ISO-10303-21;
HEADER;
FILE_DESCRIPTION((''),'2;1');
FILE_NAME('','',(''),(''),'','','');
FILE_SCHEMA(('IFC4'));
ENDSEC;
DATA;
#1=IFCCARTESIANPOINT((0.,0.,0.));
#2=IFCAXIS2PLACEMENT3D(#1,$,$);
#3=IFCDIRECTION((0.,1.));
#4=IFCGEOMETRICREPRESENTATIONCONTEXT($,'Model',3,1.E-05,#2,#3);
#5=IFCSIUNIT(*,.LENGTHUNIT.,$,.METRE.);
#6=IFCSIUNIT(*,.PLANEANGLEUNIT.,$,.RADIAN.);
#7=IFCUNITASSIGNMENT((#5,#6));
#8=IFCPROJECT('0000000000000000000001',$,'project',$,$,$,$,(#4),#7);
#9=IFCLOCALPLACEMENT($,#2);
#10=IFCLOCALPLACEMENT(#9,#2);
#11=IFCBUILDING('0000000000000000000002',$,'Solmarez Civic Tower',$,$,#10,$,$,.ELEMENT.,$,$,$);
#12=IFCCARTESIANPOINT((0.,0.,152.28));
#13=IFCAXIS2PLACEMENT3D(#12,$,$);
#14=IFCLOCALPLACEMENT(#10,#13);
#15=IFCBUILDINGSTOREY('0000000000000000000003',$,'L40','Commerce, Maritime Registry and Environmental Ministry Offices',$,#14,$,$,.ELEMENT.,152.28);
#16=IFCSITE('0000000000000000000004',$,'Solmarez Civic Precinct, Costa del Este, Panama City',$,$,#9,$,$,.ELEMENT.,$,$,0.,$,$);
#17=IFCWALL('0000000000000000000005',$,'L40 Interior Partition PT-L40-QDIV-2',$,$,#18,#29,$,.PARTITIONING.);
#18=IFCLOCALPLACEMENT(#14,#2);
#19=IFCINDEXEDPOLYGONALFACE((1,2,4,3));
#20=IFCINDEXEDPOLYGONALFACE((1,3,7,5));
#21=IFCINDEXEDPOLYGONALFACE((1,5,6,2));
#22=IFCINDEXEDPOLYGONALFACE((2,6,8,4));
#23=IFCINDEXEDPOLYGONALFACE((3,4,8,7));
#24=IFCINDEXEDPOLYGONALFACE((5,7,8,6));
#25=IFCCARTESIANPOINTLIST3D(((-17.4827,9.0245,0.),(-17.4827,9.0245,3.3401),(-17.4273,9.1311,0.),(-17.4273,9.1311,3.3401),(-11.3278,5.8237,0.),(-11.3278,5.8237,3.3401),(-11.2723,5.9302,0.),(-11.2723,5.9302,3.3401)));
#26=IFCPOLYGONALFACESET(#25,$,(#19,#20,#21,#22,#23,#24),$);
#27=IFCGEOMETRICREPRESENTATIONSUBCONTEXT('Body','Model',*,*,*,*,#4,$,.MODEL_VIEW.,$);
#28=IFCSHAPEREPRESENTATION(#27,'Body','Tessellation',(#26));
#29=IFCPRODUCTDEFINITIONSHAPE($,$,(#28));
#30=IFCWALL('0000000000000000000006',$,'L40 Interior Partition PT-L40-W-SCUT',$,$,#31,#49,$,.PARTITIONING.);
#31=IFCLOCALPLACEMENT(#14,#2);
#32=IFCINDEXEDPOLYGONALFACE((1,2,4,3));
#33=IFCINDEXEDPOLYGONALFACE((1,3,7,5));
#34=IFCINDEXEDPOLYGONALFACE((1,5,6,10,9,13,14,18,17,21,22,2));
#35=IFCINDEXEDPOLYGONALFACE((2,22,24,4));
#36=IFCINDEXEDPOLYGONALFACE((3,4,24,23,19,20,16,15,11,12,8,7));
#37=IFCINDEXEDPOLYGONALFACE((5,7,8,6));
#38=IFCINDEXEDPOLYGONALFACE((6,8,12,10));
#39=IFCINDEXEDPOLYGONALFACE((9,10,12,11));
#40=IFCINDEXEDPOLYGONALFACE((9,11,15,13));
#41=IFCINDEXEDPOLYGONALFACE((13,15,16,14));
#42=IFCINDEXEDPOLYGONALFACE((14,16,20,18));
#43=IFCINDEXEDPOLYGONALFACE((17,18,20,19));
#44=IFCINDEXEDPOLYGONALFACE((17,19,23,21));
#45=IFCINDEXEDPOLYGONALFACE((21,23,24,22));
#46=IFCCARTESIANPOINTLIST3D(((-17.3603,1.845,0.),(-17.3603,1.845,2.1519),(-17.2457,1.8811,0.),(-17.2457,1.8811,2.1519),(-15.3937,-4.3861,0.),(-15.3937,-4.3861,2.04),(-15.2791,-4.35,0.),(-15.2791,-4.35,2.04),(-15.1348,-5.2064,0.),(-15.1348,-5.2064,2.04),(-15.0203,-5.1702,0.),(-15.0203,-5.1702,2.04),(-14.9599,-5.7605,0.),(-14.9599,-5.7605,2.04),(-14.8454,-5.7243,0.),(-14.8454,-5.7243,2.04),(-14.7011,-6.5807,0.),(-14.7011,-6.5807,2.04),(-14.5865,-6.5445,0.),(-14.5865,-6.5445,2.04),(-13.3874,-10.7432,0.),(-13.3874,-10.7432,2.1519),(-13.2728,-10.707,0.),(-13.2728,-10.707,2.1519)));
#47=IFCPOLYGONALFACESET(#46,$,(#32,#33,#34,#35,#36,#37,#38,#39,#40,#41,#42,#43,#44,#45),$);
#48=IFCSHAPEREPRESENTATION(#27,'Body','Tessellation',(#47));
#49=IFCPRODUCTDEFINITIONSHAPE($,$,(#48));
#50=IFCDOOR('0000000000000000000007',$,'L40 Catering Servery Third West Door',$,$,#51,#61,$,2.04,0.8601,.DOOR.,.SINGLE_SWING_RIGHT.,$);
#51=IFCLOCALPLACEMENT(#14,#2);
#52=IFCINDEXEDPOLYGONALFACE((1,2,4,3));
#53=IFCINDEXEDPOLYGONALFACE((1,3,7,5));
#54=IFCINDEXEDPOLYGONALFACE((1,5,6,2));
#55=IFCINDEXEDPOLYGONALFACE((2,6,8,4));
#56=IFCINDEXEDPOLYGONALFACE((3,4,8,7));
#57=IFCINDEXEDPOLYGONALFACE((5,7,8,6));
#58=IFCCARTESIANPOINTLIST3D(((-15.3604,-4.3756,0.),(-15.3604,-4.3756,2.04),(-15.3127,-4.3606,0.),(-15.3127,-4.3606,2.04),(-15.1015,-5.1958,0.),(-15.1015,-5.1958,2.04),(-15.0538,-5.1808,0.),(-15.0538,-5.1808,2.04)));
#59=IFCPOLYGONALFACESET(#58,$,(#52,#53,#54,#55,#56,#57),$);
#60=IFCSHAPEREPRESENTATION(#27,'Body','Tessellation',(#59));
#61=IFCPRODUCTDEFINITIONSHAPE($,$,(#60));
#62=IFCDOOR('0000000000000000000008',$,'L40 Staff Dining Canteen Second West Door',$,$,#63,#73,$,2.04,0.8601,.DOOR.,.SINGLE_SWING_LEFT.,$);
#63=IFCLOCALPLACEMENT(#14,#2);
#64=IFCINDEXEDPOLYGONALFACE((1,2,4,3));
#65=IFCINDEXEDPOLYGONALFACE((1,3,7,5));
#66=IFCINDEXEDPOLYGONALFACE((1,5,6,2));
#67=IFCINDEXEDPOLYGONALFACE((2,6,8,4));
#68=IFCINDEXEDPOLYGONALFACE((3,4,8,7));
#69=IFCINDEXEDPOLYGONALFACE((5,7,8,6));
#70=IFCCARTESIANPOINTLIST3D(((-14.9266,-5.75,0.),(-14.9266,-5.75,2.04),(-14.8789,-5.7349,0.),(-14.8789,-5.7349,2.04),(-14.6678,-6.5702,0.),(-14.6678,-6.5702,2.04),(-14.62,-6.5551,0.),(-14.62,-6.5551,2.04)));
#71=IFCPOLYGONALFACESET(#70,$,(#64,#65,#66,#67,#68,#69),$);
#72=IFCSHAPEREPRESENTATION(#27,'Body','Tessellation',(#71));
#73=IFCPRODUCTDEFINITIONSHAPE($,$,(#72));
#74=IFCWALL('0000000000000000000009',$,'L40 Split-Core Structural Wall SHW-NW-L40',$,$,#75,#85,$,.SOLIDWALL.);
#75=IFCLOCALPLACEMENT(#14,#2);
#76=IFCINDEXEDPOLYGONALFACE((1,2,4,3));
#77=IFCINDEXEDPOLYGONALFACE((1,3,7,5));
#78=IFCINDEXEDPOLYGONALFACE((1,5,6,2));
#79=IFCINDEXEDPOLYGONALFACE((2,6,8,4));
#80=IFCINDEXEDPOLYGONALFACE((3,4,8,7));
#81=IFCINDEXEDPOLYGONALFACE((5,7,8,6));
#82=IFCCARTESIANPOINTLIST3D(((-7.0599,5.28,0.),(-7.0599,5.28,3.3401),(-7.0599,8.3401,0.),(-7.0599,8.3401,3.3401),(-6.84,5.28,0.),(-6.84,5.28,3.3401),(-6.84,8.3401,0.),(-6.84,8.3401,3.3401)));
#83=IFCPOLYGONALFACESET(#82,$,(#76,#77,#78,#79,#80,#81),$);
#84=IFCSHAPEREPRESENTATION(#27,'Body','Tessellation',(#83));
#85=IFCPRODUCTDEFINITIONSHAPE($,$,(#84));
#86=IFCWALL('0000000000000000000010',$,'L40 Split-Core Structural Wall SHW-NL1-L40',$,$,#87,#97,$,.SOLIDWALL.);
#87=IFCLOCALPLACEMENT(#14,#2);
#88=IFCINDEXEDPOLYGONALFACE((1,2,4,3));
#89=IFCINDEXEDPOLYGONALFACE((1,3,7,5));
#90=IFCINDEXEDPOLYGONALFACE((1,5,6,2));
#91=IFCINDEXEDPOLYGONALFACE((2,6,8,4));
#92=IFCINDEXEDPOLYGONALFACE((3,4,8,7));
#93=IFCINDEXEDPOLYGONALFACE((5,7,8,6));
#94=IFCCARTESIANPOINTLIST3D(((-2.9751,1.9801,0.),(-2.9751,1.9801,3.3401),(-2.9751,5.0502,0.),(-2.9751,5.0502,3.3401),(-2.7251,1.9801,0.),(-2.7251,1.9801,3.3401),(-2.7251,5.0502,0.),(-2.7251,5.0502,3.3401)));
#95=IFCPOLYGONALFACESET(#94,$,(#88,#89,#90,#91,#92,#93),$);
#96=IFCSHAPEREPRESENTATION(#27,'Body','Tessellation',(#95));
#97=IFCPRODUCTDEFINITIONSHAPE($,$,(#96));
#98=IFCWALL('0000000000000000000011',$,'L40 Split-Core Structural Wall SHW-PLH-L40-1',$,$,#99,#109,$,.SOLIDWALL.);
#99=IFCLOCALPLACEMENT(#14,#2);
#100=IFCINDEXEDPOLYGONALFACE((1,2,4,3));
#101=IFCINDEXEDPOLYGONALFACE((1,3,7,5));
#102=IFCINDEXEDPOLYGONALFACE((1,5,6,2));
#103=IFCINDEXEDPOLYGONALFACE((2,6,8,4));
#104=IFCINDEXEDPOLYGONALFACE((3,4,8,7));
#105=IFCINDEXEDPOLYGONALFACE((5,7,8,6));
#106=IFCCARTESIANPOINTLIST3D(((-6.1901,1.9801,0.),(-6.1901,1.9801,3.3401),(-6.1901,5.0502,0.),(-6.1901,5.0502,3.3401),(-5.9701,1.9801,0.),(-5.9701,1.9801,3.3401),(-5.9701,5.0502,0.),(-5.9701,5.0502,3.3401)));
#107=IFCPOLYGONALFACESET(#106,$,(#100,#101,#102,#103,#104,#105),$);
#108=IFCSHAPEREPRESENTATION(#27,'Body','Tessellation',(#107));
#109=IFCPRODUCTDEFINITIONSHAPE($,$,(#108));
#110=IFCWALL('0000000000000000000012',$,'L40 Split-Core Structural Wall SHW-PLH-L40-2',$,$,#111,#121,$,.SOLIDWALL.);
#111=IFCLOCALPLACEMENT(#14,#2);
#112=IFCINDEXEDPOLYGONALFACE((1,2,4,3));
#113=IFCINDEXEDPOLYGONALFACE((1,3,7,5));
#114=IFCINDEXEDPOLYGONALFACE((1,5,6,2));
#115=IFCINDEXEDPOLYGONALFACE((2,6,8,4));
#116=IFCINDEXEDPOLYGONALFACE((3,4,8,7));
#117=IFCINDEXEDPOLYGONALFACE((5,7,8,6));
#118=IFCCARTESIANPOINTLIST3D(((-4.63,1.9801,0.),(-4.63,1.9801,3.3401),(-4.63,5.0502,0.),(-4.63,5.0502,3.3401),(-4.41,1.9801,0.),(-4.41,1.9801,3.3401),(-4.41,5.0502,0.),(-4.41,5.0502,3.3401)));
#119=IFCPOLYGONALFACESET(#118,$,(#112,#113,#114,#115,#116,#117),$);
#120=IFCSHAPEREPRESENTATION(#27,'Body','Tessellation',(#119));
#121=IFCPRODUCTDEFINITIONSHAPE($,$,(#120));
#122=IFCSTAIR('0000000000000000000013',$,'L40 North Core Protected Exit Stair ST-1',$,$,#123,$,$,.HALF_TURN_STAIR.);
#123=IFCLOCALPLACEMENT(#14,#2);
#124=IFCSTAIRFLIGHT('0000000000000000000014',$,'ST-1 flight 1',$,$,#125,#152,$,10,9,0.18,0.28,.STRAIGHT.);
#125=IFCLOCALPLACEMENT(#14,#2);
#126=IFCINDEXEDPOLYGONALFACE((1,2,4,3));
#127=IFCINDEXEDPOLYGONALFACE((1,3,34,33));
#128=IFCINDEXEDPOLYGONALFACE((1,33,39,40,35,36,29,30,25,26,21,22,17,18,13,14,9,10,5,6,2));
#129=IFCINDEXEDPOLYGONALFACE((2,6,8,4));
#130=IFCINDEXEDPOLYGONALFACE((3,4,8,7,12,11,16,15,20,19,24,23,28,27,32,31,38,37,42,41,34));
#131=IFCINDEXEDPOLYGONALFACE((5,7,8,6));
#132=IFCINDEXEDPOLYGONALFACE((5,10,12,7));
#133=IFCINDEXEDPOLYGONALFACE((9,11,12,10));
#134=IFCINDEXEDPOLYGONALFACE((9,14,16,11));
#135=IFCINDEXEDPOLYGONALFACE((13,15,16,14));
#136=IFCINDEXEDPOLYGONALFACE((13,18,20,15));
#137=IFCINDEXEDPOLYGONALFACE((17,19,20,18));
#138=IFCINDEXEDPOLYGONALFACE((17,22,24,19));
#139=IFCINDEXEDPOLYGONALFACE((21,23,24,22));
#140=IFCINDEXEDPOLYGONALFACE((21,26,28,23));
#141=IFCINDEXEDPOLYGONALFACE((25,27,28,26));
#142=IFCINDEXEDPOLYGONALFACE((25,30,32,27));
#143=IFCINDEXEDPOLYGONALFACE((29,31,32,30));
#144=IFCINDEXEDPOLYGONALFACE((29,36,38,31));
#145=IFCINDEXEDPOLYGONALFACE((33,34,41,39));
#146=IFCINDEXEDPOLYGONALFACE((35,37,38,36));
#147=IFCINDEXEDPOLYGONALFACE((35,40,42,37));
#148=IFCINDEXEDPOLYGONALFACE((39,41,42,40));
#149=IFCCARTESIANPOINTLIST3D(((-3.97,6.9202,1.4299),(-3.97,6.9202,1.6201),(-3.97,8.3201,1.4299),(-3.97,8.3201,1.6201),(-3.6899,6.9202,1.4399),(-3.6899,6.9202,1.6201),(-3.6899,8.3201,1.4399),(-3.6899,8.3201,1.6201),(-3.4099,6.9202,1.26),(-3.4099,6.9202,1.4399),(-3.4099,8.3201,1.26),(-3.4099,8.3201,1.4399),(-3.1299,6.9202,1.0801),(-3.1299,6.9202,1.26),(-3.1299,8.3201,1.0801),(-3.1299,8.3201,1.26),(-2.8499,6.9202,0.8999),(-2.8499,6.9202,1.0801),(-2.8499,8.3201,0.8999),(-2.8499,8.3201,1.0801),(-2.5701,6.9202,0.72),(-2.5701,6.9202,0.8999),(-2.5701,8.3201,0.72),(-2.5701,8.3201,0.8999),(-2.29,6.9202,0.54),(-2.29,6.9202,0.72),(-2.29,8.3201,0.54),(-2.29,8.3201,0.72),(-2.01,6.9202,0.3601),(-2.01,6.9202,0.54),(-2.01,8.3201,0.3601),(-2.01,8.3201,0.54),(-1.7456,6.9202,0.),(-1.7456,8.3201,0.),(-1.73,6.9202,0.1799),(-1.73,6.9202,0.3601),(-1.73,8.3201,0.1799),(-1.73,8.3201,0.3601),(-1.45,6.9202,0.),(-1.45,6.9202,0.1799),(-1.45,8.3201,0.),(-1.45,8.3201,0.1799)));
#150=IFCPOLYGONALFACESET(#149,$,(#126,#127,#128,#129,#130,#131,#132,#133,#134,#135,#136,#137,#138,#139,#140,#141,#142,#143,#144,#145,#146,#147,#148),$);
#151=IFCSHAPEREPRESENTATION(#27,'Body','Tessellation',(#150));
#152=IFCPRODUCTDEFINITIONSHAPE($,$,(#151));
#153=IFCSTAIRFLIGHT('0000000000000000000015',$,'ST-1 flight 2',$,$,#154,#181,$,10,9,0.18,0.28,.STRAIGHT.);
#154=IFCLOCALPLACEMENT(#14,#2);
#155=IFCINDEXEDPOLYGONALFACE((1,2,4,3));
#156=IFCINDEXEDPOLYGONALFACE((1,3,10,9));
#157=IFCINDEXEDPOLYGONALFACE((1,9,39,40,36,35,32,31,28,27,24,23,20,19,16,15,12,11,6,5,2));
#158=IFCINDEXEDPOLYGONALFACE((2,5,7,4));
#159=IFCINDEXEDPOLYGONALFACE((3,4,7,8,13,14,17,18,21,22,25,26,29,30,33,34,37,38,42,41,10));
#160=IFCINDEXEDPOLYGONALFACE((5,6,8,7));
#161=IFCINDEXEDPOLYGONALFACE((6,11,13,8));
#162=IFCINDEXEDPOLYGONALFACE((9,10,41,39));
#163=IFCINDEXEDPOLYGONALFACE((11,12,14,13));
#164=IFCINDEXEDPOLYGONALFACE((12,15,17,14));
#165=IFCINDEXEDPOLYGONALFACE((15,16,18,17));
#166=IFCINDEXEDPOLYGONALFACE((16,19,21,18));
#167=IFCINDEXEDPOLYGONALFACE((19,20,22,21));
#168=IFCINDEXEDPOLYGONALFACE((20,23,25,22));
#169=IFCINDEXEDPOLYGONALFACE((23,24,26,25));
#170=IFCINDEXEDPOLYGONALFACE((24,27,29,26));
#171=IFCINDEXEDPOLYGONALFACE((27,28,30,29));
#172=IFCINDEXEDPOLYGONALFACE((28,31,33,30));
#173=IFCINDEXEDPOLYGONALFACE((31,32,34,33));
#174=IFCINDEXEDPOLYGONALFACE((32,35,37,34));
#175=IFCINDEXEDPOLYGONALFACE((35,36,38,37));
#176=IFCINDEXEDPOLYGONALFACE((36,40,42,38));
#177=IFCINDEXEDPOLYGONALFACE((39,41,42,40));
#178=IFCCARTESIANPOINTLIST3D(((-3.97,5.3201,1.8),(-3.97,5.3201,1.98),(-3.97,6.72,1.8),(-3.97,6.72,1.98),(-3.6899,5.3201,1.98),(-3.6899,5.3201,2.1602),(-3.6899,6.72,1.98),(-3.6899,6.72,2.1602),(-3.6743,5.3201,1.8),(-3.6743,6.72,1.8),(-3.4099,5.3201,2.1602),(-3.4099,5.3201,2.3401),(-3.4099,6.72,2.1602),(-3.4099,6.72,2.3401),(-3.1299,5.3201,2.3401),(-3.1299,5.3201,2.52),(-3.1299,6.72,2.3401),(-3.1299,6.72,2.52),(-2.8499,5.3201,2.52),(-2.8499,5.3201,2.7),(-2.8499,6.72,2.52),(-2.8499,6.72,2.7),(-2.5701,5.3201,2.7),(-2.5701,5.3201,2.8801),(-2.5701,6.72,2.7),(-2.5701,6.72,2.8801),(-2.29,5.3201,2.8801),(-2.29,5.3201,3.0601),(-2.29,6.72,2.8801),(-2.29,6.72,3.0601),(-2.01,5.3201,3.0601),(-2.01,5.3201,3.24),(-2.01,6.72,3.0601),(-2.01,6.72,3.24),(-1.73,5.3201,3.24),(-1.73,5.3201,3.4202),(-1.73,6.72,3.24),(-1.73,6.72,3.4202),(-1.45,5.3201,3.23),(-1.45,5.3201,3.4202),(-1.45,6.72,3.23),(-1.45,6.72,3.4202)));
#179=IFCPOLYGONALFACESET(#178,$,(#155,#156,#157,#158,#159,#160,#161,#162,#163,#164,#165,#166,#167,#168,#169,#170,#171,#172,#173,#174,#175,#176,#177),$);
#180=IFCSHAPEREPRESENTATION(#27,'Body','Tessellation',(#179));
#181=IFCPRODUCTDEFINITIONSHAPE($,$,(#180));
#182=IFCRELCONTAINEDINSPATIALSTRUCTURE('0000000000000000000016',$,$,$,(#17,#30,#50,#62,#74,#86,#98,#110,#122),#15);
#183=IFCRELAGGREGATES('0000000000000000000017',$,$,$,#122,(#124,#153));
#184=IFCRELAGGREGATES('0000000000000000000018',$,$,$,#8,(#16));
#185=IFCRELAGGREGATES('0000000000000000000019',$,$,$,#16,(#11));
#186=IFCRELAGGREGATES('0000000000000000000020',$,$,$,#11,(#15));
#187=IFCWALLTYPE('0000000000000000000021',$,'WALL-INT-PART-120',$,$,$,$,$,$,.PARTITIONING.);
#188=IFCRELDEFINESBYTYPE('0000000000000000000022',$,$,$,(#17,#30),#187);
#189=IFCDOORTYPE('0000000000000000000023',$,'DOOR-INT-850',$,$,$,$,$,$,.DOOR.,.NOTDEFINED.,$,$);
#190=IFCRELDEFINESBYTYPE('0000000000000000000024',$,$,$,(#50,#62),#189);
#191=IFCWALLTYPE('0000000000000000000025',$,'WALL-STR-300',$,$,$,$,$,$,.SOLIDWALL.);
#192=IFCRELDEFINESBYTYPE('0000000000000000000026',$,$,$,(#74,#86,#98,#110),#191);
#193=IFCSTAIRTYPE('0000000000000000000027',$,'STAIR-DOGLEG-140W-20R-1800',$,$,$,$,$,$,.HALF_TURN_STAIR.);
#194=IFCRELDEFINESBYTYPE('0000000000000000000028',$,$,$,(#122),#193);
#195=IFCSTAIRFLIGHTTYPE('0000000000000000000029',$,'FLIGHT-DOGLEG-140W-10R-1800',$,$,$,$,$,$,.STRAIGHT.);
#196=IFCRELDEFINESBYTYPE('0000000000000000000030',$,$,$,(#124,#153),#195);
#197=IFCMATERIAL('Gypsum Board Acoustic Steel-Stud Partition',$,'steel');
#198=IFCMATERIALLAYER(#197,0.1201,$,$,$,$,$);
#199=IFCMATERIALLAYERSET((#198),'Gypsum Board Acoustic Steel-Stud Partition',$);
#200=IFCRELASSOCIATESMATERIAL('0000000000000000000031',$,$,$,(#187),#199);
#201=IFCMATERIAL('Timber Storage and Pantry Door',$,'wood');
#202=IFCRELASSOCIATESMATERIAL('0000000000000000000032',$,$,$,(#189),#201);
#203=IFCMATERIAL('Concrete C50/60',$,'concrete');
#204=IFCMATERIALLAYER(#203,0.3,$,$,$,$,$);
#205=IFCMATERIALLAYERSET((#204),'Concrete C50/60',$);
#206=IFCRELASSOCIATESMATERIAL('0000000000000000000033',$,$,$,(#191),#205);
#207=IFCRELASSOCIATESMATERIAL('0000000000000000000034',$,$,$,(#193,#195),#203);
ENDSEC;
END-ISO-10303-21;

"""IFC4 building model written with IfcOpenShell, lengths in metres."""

from ifc_helpers import new_model, si_unit, direction, frame, frame_2d, origin, place, context, subcontext, project, spatial, polyline, rectangle, outline, extrude, material, layer, layer_set, type_object, element, fill, aggregate, save


model = new_model("IFC4")

# Units and contexts
model_context = context("Model", 3, precision=1e-05, world=origin(), true_north=direction((0.0, 1.0)))
body_context = subcontext(model_context, "Body", "Model", "MODEL_VIEW")
ifc_project = project(units=[si_unit("LENGTHUNIT", "METRE"), si_unit("PLANEANGLEUNIT", "RADIAN")], contexts=[model_context])

# Site, building, storey
site_placement = place(None, origin())
site = spatial("IfcSite", under=ifc_project, at=site_placement, Name="Solmarez Civic Precinct, Costa del Este, Panama City", CompositionType="ELEMENT", RefElevation=0.0)
building_placement = place(site_placement, origin())
building = spatial("IfcBuilding", under=site, at=building_placement, Name="Solmarez Civic Tower", CompositionType="ELEMENT")
storey_placement = place(building_placement, frame((0.0, 0.0, 152.28)))
storey = spatial("IfcBuildingStorey", under=building, at=storey_placement, Name="L40", Description="Commerce, Maritime Registry and Environmental Ministry Offices", CompositionType="ELEMENT", Elevation=152.28)

# Shared definitions
ifc_material_1 = material(Name="Concrete C50/60", Category="concrete")

# Wall
ifc_material_2 = material(Name="Gypsum Board Acoustic Steel-Stud Partition", Category="steel")
ifc_layer_1 = layer(ifc_material_2, 0.1201)
ifc_layer_set_1 = layer_set([ifc_layer_1], Name="Gypsum Board Acoustic Steel-Stud Partition")
wall_type_1 = type_object("IfcWallType", Name="WALL-INT-PART-120", PredefinedType="PARTITIONING", material=ifc_layer_set_1)
wall_1_placement = place(storey_placement, frame((-11.3, 5.877, 0.0), z_axis=(0.0, 0.0, 1.0), x_axis=(-0.887198, 0.461388, 0.0)))
element("IfcWall", 1, at=wall_1_placement, inside=storey, type_object=wall_type_1, Name="L40 Interior Partition PT-L40-QDIV-2", PredefinedType="PARTITIONING", context=body_context, shape_type="SweptSolid", body=[
    extrude(rectangle(XDim=6.9375, YDim=0.1201, at=frame_2d((3.4688, 0.0))), origin(), (0.0, 0.0, 1.0), 3.3401),
])

# Wall, openings, doors
wall_2_placement = place(storey_placement, frame((-17.303, 1.863, 0.0), z_axis=(0.0, 0.0, 1.0), x_axis=(0.300973, -0.953633, 0.0)))
wall_2 = element("IfcWall", 2, at=wall_2_placement, inside=storey, type_object=wall_type_1, Name="L40 Interior Partition PT-L40-W-SCUT", PredefinedType="PARTITIONING", context=body_context, shape_type="SweptSolid", body=[
    extrude(rectangle(XDim=13.2002, YDim=0.1201, at=frame_2d((6.6001, 0.0))), origin(), (0.0, 0.0, 1.0), 2.1519),
])
opening_1_placement = place(wall_2_placement, frame((6.5339, 0.0, 0.0)))
opening_1 = element("IfcOpeningElement", 3, at=opening_1_placement, cuts=wall_2, PredefinedType="OPENING", context=body_context, shape_type="SweptSolid", body=[
    extrude(rectangle(XDim=0.8601, YDim=2.04, at=frame_2d((0.4302, 1.02))), frame((0.0, 0.0701, 0.0), z_axis=(0.0, -1.0, 0.0), x_axis=(1.0, 0.0, 0.0)), (0.0, 0.0, 1.0), 0.1401),
])
opening_2_placement = place(wall_2_placement, frame((7.9751, 0.0, 0.0)))
opening_2 = element("IfcOpeningElement", 4, at=opening_2_placement, cuts=wall_2, PredefinedType="OPENING", context=body_context, shape_type="SweptSolid", body=[
    extrude(rectangle(XDim=0.8601, YDim=2.04, at=frame_2d((0.4302, 1.02))), frame((0.0, 0.0701, 0.0), z_axis=(0.0, -1.0, 0.0), x_axis=(1.0, 0.0, 0.0)), (0.0, 0.0, 1.0), 0.1401),
])
ifc_material_3 = material(Name="Timber Storage and Pantry Door", Category="wood")
door_type = type_object("IfcDoorType", Name="DOOR-INT-850", OperationType="NOTDEFINED", PredefinedType="DOOR", material=ifc_material_3)
door_1_placement = place(opening_1_placement, origin())
door_1 = element("IfcDoor", 5, at=door_1_placement, inside=storey, type_object=door_type, Name="L40 Catering Servery Third West Door", OperationType="SINGLE_SWING_RIGHT", OverallHeight=2.04, OverallWidth=0.8601, PredefinedType="DOOR", context=body_context, shape_type="SweptSolid", body=[
    extrude(rectangle(XDim=0.8601, YDim=2.04, at=frame_2d((0.4302, 1.02))), frame((0.0, 0.0249, 0.0), z_axis=(0.0, -1.0, 0.0), x_axis=(1.0, 0.0, 0.0)), (0.0, 0.0, 1.0), 0.05),
])
fill(opening_1, door_1)
door_2_placement = place(opening_2_placement, origin())
door_2 = element("IfcDoor", 6, at=door_2_placement, inside=storey, type_object=door_type, Name="L40 Staff Dining Canteen Second West Door", OperationType="SINGLE_SWING_LEFT", OverallHeight=2.04, OverallWidth=0.8601, PredefinedType="DOOR", context=body_context, shape_type="SweptSolid", body=[
    extrude(rectangle(XDim=0.8601, YDim=2.04, at=frame_2d((0.4302, 1.02))), frame((0.0, 0.0249, 0.0), z_axis=(0.0, -1.0, 0.0), x_axis=(1.0, 0.0, 0.0)), (0.0, 0.0, 1.0), 0.05),
])
fill(opening_2, door_2)

# Walls
ifc_layer_2 = layer(ifc_material_1, 0.3)
ifc_layer_set_2 = layer_set([ifc_layer_2], Name="Concrete C50/60")
wall_type_2 = type_object("IfcWallType", Name="WALL-STR-300", PredefinedType="SOLIDWALL", material=ifc_layer_set_2)
wall_3_placement = place(storey_placement, frame((-6.95, 5.28, 0.0), z_axis=(0.0, 0.0, 1.0), x_axis=(0.0, 1.0, 0.0)))
element("IfcWall", 7, at=wall_3_placement, inside=storey, type_object=wall_type_2, Name="L40 Split-Core Structural Wall SHW-NW-L40", PredefinedType="SOLIDWALL", context=body_context, shape_type="SweptSolid", body=[
    extrude(rectangle(XDim=3.0601, YDim=0.22, at=frame_2d((1.53, 0.0))), origin(), (0.0, 0.0, 1.0), 3.3401),
])
wall_4_placement = place(storey_placement, frame((-2.8501, 1.98, 0.0), z_axis=(0.0, 0.0, 1.0), x_axis=(0.0, 1.0, 0.0)))
element("IfcWall", 8, at=wall_4_placement, inside=storey, type_object=wall_type_2, Name="L40 Split-Core Structural Wall SHW-NL1-L40", PredefinedType="SOLIDWALL", context=body_context, shape_type="SweptSolid", body=[
    extrude(rectangle(XDim=3.0701, YDim=0.25, at=frame_2d((1.5352, 0.0))), origin(), (0.0, 0.0, 1.0), 3.3401),
])
for number, where, z_axis, x_axis, name in (
    (9, (-6.0801, 1.98, 0.0), (0.0, 0.0, 1.0), (0.0, 1.0, 0.0), "L40 Split-Core Structural Wall SHW-PLH-L40-1"),
    (10, (-4.52, 1.98, 0.0), (0.0, 0.0, 1.0), (0.0, 1.0, 0.0), "L40 Split-Core Structural Wall SHW-PLH-L40-2"),
):
    element("IfcWall", number, at=place(storey_placement, frame(where, z_axis=z_axis, x_axis=x_axis)), inside=storey, type_object=wall_type_2, Name=name, PredefinedType="SOLIDWALL", context=body_context, shape_type="SweptSolid", body=[
        extrude(rectangle(XDim=3.0701, YDim=0.22, at=frame_2d((1.5352, 0.0))), origin(), (0.0, 0.0, 1.0), 3.3401),
    ])

# Stair, stair flights
stair_type = type_object("IfcStairType", Name="STAIR-DOGLEG-140W-20R-1800", PredefinedType="HALF_TURN_STAIR", material=ifc_material_1)
stair_placement = place(storey_placement, origin())
stair = element("IfcStair", 11, at=stair_placement, inside=storey, type_object=stair_type, Name="L40 North Core Protected Exit Stair ST-1", PredefinedType="HALF_TURN_STAIR")
stair_flight_type = type_object("IfcStairFlightType", Name="FLIGHT-DOGLEG-140W-10R-1800", PredefinedType="STRAIGHT", material=ifc_material_1)
stair_flight_1_placement = place(storey_placement, frame((-1.45, 7.6201, 0.0), z_axis=(0.0, 0.0, 1.0), x_axis=(-1.0, 0.0, 0.0)))
stair_flight_1 = element("IfcStairFlight", 12, at=stair_flight_1_placement, type_object=stair_flight_type, Name="ST-1 flight 1", NumberOfRisers=10, NumberOfTreads=9, PredefinedType="STRAIGHT", RiserHeight=0.18, TreadLength=0.28, context=body_context, shape_type="SweptSolid", body=[
    extrude(outline(polyline([(0.0, 0.0), (0.0, 0.1799), (0.28, 0.1799), (0.28, 0.3601), (0.5601, 0.3601), (0.5601, 0.54), (0.8401, 0.54), (0.8401, 0.72), (1.1201, 0.72), (1.1201, 0.8999), (1.3999, 0.8999), (1.3999, 1.0801), (1.6799, 1.0801), (1.6799, 1.26), (1.96, 1.26), (1.96, 1.4399), (2.24, 1.4399), (2.24, 1.6201), (2.52, 1.6201), (2.52, 1.8), (2.52, 1.4299), (0.2957, 0.0), (0.0, 0.0)])), frame((0.0, 0.7, 0.0), z_axis=(0.0, -1.0, 0.0), x_axis=(1.0, 0.0, 0.0)), (0.0, 0.0, 1.0), 1.3999),
])
stair_flight_2_placement = place(storey_placement, frame((-3.97, 6.02, 1.8), z_axis=(0.0, 0.0, 1.0), x_axis=(1.0, 0.0, 0.0)))
stair_flight_2 = element("IfcStairFlight", 13, at=stair_flight_2_placement, type_object=stair_flight_type, Name="ST-1 flight 2", NumberOfRisers=10, NumberOfTreads=9, PredefinedType="STRAIGHT", RiserHeight=0.18, TreadLength=0.28, context=body_context, shape_type="SweptSolid", body=[
    extrude(outline(polyline([(0.0, 0.0), (0.0, 0.1799), (0.28, 0.1799), (0.28, 0.3601), (0.5601, 0.3601), (0.5601, 0.54), (0.8401, 0.54), (0.8401, 0.72), (1.1201, 0.72), (1.1201, 0.8999), (1.3999, 0.8999), (1.3999, 1.0801), (1.6799, 1.0801), (1.6799, 1.26), (1.96, 1.26), (1.96, 1.4399), (2.24, 1.4399), (2.24, 1.6201), (2.52, 1.6201), (2.52, 1.8), (2.52, 1.4299), (0.2957, 0.0), (0.0, 0.0)])), frame((0.0, 0.7, 0.0), z_axis=(0.0, -1.0, 0.0), x_axis=(1.0, 0.0, 0.0)), (0.0, 0.0, 1.0), 1.3999),
])
aggregate(stair, [stair_flight_1, stair_flight_2])

save(model, "model.ifc")
